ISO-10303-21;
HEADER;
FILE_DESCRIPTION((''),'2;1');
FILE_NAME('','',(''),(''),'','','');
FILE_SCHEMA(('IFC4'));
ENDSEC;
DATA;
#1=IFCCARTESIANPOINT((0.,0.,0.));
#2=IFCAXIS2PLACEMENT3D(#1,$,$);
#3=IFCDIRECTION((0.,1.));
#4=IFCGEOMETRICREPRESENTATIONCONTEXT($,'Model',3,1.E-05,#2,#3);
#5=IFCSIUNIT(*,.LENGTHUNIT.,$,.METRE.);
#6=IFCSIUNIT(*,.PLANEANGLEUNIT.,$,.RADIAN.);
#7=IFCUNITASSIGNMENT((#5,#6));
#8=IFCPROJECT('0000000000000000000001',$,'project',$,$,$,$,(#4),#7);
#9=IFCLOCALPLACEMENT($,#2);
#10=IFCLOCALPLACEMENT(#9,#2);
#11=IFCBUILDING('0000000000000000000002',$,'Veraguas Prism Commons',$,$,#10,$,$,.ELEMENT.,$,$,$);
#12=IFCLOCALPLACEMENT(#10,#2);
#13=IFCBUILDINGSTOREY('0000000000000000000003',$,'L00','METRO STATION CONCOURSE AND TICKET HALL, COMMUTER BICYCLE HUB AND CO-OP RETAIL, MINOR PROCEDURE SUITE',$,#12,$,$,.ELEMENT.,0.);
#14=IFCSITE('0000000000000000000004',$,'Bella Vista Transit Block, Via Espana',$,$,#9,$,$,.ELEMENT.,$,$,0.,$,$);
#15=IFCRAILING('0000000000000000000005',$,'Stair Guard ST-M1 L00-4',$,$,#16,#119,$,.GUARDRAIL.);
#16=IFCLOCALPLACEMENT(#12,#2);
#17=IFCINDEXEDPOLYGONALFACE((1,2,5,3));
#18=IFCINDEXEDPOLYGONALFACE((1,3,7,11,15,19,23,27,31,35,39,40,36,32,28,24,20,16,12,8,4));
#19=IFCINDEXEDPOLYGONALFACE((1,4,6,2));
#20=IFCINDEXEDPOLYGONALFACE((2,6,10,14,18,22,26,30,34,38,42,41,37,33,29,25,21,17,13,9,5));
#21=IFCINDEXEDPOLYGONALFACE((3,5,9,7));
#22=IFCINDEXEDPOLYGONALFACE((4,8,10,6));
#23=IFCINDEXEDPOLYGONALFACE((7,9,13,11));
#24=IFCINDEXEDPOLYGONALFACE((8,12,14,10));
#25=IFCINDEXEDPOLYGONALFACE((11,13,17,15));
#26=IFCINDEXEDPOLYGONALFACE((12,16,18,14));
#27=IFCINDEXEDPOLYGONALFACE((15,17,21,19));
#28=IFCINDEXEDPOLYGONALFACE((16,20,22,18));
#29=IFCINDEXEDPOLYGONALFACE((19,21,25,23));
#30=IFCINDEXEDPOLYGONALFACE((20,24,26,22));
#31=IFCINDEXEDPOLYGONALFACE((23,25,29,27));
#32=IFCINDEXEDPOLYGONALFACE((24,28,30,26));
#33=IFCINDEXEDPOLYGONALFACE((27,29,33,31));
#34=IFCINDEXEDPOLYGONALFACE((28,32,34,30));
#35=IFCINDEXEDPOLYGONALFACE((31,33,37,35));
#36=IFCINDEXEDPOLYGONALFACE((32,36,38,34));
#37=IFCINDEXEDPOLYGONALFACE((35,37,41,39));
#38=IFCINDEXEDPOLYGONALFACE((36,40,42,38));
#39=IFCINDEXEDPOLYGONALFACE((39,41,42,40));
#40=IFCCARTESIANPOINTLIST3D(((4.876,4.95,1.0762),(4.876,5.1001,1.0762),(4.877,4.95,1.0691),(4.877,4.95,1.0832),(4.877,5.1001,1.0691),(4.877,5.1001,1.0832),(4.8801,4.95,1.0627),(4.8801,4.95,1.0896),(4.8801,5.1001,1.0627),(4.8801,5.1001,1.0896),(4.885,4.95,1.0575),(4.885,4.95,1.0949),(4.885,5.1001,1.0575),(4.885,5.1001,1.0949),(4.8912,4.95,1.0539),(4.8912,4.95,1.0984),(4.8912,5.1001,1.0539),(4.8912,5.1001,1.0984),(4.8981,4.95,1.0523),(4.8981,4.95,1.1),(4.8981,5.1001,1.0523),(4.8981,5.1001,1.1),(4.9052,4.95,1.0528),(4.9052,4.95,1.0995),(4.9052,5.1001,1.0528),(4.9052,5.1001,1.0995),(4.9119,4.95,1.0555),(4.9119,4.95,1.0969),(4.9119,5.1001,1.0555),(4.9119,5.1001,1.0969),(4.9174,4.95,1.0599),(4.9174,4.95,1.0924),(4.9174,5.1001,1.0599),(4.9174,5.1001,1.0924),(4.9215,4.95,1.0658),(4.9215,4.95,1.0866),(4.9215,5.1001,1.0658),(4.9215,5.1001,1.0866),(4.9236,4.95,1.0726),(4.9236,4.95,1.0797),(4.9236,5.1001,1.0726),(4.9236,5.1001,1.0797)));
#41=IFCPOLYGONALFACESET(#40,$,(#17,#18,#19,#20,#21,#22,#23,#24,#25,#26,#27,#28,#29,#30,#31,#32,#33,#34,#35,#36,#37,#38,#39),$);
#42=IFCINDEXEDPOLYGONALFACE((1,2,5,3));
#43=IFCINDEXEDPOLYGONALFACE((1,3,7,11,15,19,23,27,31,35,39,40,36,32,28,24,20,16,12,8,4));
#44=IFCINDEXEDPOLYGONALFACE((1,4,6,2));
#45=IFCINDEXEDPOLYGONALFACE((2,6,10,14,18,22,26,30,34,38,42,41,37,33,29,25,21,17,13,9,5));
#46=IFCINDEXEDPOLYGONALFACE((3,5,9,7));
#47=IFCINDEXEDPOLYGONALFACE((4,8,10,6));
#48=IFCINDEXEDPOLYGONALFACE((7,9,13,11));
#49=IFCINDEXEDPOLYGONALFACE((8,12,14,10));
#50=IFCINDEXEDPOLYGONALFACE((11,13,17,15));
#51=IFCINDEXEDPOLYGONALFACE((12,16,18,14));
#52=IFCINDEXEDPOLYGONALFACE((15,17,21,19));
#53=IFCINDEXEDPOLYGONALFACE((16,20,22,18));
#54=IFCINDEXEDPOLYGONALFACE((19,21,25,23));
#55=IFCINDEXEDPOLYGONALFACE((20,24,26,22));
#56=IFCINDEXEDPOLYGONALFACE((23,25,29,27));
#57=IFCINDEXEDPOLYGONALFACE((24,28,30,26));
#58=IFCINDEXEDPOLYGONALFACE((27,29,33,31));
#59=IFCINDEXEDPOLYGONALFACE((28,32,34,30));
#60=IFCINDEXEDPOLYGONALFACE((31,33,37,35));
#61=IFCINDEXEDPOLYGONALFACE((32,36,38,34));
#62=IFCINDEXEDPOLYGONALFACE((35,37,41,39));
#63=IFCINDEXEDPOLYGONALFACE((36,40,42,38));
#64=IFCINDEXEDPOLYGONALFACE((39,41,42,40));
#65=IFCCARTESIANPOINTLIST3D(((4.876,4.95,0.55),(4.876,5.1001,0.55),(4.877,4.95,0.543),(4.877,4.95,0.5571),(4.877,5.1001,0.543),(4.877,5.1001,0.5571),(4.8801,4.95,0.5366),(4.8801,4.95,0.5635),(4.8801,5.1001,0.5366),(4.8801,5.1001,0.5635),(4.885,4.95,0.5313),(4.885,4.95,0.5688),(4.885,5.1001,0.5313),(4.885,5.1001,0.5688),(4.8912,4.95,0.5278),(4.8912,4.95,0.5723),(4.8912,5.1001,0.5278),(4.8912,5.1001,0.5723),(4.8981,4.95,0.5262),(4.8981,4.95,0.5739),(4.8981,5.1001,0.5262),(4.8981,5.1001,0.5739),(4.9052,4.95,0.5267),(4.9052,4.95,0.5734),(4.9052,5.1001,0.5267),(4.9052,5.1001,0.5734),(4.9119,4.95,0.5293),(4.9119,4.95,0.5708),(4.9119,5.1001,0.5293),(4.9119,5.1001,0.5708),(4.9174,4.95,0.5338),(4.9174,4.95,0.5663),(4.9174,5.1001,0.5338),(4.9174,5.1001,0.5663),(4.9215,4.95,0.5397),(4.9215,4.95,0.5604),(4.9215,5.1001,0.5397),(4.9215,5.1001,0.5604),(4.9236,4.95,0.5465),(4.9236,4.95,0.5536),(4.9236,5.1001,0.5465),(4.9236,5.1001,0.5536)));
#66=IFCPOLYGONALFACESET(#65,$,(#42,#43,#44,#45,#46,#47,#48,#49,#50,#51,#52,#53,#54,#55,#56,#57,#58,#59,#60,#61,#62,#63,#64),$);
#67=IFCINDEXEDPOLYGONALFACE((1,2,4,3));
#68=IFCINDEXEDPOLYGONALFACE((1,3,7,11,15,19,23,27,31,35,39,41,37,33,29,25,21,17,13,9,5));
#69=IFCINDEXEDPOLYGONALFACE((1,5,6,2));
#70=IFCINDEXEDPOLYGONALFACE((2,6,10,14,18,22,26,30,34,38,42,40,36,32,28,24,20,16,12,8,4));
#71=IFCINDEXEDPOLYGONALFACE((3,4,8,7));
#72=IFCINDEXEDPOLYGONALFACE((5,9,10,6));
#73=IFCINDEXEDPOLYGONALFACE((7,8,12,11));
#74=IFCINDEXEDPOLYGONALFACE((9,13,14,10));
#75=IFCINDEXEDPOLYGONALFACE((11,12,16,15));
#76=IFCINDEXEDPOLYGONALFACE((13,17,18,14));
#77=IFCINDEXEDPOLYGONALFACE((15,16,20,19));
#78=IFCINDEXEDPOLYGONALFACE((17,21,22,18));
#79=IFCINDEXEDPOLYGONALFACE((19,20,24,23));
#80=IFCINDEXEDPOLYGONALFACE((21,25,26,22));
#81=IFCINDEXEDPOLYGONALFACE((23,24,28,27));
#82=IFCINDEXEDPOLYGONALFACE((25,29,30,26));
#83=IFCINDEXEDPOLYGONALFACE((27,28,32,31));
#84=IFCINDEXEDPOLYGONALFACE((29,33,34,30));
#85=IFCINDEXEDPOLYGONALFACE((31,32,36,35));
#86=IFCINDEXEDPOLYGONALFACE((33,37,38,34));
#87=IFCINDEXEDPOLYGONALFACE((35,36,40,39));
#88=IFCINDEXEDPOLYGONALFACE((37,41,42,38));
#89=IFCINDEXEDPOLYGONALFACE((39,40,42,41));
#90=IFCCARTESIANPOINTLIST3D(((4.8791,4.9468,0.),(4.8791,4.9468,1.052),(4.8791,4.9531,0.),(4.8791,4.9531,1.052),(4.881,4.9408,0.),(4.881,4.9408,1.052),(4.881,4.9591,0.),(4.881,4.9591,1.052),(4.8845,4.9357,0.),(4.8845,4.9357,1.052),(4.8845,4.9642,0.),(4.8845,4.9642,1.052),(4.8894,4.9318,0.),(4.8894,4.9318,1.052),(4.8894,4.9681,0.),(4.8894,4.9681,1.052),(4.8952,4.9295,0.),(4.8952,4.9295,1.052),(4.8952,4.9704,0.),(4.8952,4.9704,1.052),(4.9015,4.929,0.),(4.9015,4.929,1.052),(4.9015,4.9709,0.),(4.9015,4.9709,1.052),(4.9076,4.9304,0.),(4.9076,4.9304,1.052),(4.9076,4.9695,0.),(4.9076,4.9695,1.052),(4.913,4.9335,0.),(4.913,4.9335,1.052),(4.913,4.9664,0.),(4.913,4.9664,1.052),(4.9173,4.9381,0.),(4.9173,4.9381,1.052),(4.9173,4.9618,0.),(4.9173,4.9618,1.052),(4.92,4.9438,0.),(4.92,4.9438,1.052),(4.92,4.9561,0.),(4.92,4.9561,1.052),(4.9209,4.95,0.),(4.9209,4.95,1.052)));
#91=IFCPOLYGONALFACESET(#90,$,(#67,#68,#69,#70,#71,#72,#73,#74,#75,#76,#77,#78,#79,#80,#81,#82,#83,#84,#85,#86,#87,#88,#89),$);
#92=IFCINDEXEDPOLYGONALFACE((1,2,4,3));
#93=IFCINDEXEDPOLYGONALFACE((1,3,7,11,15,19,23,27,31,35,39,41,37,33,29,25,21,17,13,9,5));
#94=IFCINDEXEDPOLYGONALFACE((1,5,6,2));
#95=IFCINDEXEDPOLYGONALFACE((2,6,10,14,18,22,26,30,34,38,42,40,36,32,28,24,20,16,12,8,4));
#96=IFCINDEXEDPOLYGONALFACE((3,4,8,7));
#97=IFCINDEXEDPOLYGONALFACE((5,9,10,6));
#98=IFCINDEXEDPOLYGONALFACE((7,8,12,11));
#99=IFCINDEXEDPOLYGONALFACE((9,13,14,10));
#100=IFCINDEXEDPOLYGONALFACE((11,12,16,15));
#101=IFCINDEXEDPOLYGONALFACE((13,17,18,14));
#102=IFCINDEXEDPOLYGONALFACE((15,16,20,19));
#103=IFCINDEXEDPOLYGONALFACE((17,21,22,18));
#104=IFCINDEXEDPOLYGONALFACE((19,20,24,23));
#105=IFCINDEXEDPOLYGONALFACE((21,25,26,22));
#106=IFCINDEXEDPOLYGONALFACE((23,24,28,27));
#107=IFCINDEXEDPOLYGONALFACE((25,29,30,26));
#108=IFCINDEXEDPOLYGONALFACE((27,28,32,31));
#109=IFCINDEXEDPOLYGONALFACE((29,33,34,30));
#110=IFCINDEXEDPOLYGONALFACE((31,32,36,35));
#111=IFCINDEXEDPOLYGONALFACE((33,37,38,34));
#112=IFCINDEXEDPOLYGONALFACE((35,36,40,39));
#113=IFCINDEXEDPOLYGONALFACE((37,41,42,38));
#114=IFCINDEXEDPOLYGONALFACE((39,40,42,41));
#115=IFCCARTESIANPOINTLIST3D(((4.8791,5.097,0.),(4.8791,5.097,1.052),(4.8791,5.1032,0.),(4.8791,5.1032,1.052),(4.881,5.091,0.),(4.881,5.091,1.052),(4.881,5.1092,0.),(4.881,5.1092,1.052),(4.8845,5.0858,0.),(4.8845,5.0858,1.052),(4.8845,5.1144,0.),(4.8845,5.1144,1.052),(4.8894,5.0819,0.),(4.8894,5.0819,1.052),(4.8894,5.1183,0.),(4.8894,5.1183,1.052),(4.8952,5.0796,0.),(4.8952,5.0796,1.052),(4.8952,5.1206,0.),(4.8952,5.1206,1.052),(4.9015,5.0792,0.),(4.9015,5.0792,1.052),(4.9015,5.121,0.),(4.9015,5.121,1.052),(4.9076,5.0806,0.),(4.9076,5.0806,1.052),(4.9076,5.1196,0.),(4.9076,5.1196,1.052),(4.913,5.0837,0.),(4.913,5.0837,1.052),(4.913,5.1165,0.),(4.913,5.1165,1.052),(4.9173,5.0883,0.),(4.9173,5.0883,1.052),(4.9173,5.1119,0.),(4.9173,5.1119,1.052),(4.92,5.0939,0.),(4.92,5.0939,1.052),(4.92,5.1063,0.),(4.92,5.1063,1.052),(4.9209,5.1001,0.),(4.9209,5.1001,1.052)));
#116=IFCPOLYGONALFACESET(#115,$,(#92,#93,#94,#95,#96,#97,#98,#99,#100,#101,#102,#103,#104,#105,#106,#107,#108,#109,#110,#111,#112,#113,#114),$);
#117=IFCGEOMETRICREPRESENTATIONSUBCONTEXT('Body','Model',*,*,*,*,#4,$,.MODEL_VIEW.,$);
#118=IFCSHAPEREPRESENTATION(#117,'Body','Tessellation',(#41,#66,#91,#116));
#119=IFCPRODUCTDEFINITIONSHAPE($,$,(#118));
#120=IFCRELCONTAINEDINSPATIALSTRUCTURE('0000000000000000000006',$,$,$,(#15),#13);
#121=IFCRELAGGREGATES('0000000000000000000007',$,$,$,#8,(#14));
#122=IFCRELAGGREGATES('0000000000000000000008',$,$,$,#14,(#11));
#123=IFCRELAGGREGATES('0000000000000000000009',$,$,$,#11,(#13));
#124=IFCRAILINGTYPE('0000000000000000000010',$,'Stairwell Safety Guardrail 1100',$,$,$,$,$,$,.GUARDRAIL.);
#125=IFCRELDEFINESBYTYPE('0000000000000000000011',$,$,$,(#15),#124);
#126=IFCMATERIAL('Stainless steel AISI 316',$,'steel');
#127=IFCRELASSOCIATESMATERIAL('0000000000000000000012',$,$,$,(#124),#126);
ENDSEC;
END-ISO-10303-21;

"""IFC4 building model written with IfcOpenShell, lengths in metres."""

from ifc_helpers import new_model, si_unit, direction, frame, origin, origin_2d, place, context, subcontext, project, spatial, circle, extrude, material, type_object, element, save


model = new_model("IFC4")

# Units and contexts
model_context = context("Model", 3, precision=1e-05, world=origin(), true_north=direction((0.0, 1.0)))
body_context = subcontext(model_context, "Body", "Model", "MODEL_VIEW")
ifc_project = project(units=[si_unit("LENGTHUNIT", "METRE"), si_unit("PLANEANGLEUNIT", "RADIAN")], contexts=[model_context])

# Site, building, storey
site_placement = place(None, origin())
site = spatial("IfcSite", under=ifc_project, at=site_placement, Name="Bella Vista Transit Block, Via Espana", CompositionType="ELEMENT", RefElevation=0.0)
building_placement = place(site_placement, origin())
building = spatial("IfcBuilding", under=site, at=building_placement, Name="Veraguas Prism Commons", CompositionType="ELEMENT")
storey_placement = place(building_placement, origin())
storey = spatial("IfcBuildingStorey", under=building, at=storey_placement, Name="L00", Description="METRO STATION CONCOURSE AND TICKET HALL, COMMUTER BICYCLE HUB AND CO-OP RETAIL, MINOR PROCEDURE SUITE", CompositionType="ELEMENT", Elevation=0.0)

# Railing
ifc_material_1 = material(Name="Stainless steel AISI 316", Category="steel")
railing_type_1 = type_object("IfcRailingType", Name="Stairwell Safety Guardrail 1100", PredefinedType="GUARDRAIL", material=ifc_material_1)
railing_1_placement = place(storey_placement, frame((4.8999, 4.95, 0.0)))
element("IfcRailing", 1, at=railing_1_placement, inside=storey, type_object=railing_type_1, Name="Stair Guard ST-M1 L00-4", PredefinedType="GUARDRAIL", context=body_context, shape_type="SweptSolid", body=[
    extrude(circle(Radius=0.0239, at=origin_2d()), frame((0.0, 0.0, 1.0762), z_axis=(0.0, 1.0, 0.0), x_axis=(-1.0, 0.0, 0.0)), (0.0, 0.0, 1.0), 0.1501),
    extrude(circle(Radius=0.0239, at=origin_2d()), frame((0.0, 0.0, 0.55), z_axis=(0.0, 1.0, 0.0), x_axis=(-1.0, 0.0, 0.0)), (0.0, 0.0, 1.0), 0.1501),
    extrude(circle(Radius=0.021, at=origin_2d()), origin(), (0.0, 0.0, 1.0), 1.052),
    extrude(circle(Radius=0.021, at=origin_2d()), frame((0.0, 0.1501, 0.0)), (0.0, 0.0, 1.0), 1.052),
])

save(model, "model.ifc")
